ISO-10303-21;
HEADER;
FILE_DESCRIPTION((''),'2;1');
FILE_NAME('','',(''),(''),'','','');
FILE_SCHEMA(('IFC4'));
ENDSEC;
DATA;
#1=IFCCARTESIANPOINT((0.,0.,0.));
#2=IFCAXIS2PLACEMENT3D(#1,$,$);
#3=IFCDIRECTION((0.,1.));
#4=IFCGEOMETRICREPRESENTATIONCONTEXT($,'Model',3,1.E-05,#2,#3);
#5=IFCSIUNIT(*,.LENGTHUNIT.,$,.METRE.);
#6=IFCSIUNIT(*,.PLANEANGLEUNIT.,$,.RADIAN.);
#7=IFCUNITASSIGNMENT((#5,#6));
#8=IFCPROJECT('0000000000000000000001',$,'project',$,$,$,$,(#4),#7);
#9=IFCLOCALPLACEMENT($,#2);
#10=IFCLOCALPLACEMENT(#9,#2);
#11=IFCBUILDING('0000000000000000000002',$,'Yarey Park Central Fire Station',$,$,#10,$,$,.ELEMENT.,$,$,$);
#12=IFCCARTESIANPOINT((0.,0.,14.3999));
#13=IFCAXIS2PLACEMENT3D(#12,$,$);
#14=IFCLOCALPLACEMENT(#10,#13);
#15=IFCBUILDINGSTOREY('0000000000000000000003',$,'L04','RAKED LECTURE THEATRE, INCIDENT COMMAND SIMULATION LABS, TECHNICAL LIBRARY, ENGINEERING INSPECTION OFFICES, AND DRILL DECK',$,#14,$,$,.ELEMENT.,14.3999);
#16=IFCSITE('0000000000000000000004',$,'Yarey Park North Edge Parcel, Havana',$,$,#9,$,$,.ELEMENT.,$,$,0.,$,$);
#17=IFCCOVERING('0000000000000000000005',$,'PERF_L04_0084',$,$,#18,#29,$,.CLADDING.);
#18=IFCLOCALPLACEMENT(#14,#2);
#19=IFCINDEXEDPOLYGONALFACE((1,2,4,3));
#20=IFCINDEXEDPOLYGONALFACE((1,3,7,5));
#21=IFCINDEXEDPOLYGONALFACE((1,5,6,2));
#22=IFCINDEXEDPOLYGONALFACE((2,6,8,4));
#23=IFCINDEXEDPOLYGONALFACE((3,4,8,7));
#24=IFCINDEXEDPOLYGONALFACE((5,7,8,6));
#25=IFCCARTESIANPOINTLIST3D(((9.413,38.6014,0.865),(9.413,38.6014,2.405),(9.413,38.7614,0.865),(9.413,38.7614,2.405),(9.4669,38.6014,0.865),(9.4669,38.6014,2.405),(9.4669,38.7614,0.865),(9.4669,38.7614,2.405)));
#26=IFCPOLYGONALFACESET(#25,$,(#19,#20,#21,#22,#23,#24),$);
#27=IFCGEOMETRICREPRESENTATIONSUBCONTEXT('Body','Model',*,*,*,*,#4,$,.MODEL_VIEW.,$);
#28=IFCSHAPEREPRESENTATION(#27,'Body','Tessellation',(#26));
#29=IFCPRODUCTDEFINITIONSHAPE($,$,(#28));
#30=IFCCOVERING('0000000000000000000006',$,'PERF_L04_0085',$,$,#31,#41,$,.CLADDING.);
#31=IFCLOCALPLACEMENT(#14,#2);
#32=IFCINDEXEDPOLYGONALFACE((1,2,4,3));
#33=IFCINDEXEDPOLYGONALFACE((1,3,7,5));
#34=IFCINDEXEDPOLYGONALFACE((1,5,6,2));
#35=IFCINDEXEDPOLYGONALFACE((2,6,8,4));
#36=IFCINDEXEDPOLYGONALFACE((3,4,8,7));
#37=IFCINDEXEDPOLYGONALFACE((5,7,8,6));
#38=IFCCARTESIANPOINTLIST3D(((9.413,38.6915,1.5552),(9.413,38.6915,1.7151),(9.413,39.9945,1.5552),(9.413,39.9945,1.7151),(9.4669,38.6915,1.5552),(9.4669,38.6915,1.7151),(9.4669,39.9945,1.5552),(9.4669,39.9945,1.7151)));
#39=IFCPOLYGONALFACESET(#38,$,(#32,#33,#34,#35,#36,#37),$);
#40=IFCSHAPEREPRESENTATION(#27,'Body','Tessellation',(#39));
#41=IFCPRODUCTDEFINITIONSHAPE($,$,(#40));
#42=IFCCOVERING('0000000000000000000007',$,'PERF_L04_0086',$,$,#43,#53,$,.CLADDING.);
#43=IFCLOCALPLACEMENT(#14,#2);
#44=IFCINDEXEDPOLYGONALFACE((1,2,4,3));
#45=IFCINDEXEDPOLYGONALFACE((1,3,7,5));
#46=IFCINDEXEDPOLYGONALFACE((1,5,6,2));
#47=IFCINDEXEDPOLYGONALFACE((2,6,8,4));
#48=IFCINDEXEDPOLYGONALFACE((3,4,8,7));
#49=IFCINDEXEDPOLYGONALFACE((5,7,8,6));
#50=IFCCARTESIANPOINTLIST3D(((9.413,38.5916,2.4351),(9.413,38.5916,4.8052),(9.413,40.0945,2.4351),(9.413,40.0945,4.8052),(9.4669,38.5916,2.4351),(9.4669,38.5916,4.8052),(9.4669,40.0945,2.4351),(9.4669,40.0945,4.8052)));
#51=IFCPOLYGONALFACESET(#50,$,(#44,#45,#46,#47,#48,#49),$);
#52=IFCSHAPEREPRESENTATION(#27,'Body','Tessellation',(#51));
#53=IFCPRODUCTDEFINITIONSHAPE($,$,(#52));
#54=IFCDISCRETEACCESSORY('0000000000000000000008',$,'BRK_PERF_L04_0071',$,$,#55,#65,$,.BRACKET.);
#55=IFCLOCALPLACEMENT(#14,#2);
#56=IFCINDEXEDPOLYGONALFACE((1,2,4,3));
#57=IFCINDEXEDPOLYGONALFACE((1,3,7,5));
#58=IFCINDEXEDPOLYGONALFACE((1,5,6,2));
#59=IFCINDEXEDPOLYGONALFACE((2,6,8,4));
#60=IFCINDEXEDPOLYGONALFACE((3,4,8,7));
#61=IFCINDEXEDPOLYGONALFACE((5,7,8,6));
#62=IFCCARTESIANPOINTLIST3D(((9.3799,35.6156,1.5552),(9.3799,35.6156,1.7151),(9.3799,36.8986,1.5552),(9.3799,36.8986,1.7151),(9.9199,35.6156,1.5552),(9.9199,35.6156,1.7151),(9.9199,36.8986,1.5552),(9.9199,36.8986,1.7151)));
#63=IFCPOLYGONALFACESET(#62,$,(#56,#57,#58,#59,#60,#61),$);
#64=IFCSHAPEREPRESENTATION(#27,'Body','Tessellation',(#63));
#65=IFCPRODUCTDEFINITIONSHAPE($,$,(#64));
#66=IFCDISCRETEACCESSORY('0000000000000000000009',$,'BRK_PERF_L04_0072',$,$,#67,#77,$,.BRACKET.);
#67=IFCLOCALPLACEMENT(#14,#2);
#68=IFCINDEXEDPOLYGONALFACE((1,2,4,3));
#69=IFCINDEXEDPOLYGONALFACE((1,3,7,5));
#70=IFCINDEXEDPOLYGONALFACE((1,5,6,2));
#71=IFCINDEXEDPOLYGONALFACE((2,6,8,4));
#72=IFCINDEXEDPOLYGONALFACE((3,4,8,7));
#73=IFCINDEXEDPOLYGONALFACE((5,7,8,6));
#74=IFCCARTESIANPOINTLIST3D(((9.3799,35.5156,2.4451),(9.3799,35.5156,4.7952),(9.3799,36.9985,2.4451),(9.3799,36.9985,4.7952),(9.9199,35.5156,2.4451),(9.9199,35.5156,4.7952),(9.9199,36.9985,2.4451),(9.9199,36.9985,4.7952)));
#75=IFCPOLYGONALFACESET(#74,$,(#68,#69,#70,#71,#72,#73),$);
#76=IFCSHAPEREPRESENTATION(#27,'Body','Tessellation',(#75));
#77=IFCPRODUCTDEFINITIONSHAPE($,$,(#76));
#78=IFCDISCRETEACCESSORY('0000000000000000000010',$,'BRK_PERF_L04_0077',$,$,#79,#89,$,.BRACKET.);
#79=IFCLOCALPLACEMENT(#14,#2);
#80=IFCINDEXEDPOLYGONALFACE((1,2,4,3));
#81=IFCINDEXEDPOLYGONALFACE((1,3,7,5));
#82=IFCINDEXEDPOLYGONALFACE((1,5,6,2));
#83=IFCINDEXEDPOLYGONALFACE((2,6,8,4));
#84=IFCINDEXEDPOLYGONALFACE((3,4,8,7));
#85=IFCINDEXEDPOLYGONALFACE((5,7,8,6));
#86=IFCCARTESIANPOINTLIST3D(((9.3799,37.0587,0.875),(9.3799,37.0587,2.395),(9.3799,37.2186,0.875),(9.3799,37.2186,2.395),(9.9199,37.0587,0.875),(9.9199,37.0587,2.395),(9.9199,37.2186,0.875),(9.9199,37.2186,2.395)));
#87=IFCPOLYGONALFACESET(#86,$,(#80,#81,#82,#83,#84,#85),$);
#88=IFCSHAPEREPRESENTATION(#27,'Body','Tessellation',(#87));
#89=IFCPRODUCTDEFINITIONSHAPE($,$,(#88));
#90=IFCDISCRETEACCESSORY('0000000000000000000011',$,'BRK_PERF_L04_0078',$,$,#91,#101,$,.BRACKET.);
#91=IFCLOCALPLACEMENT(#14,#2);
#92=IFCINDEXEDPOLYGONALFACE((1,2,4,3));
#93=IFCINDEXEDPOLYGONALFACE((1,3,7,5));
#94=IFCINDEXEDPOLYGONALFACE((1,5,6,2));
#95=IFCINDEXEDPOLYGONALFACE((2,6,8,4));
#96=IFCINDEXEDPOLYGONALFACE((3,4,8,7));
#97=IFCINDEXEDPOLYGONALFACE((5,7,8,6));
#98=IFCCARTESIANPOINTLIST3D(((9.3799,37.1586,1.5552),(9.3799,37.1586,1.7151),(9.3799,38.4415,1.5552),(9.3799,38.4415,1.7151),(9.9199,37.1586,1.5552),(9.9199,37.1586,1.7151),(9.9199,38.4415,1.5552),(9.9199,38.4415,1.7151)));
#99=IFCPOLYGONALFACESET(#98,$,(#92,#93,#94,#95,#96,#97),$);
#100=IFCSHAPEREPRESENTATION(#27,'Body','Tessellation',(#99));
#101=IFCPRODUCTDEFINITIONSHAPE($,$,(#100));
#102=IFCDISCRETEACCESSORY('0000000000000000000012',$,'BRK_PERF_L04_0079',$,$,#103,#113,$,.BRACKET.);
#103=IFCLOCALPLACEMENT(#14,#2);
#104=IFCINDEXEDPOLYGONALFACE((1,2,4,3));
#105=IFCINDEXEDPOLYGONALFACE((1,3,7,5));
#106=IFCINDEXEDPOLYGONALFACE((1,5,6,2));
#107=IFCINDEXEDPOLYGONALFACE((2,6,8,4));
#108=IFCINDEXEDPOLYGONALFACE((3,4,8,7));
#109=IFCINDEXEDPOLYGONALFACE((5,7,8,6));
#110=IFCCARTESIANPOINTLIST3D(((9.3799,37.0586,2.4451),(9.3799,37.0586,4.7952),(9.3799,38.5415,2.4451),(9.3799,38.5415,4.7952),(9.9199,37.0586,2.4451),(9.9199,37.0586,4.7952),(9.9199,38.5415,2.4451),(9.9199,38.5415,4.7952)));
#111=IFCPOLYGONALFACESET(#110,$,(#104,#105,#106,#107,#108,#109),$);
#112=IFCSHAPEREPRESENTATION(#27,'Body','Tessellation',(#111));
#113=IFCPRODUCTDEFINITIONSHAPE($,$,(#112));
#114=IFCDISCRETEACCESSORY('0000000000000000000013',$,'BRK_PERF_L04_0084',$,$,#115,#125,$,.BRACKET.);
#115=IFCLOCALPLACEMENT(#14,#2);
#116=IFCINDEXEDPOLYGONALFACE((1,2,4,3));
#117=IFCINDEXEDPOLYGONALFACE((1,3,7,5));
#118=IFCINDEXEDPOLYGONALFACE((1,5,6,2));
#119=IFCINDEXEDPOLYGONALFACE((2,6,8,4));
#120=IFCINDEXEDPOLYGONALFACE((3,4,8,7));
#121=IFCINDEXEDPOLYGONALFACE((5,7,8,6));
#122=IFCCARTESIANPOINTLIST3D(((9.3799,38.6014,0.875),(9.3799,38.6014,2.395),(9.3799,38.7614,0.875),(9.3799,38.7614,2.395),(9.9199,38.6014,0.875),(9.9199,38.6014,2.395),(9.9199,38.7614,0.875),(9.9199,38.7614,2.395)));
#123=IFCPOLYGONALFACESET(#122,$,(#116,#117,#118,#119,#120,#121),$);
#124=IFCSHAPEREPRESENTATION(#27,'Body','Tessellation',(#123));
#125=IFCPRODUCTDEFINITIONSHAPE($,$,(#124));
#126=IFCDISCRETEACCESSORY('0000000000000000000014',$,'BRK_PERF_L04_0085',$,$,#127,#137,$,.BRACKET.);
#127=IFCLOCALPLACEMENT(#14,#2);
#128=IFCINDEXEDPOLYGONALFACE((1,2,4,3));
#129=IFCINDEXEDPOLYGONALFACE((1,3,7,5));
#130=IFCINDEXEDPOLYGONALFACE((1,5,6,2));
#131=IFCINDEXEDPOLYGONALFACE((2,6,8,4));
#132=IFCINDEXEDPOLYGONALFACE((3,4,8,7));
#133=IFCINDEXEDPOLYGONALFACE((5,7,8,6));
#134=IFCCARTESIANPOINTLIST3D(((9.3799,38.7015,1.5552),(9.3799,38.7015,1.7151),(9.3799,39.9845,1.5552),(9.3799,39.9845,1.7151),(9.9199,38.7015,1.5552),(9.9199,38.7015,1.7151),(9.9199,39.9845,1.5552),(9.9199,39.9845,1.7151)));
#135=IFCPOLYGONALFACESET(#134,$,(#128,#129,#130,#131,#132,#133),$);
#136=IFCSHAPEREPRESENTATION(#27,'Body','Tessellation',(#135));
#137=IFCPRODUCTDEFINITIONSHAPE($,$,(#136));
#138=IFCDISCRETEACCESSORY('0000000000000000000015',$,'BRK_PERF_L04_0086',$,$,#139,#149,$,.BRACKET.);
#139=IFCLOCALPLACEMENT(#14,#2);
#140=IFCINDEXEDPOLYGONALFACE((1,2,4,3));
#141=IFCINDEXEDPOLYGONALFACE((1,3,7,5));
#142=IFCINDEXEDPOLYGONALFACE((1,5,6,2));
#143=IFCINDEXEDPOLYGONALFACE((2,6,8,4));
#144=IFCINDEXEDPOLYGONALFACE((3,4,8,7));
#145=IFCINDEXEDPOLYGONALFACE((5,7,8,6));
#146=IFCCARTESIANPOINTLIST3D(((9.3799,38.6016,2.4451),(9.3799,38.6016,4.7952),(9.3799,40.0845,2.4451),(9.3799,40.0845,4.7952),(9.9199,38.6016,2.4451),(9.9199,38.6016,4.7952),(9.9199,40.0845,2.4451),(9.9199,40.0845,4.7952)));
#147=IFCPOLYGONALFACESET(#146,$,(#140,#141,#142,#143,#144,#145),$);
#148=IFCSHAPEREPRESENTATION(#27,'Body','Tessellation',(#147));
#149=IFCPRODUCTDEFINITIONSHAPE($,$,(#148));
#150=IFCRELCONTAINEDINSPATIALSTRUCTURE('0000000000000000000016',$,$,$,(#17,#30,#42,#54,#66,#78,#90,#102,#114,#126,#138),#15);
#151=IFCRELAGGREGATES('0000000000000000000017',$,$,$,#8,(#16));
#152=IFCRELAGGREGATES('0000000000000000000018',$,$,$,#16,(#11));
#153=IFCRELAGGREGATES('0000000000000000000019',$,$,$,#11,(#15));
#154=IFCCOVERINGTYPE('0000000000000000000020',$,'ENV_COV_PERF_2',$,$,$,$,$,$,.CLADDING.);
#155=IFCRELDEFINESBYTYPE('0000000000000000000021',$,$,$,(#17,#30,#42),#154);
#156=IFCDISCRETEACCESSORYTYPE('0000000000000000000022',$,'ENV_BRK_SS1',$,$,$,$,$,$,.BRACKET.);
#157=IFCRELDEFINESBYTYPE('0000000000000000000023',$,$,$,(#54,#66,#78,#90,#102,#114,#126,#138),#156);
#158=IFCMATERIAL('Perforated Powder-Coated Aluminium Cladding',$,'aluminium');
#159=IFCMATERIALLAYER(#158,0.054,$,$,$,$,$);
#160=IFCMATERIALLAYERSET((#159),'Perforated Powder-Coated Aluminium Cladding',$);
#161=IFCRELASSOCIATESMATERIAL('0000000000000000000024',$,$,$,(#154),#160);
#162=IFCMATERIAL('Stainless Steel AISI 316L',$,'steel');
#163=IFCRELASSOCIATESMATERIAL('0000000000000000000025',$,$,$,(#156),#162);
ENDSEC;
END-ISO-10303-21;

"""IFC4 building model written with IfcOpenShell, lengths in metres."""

from ifc_helpers import new_model, si_unit, direction, frame, origin, origin_2d, place, context, subcontext, project, spatial, rectangle, extrude, material, layer, layer_set, type_object, element, save


model = new_model("IFC4")

# Units and contexts
model_context = context("Model", 3, precision=1e-05, world=origin(), true_north=direction((0.0, 1.0)))
body_context = subcontext(model_context, "Body", "Model", "MODEL_VIEW")
ifc_project = project(units=[si_unit("LENGTHUNIT", "METRE"), si_unit("PLANEANGLEUNIT", "RADIAN")], contexts=[model_context])

# Site, building, storey
site_placement = place(None, origin())
site = spatial("IfcSite", under=ifc_project, at=site_placement, Name="Yarey Park North Edge Parcel, Havana", CompositionType="ELEMENT", RefElevation=0.0)
building_placement = place(site_placement, origin())
building = spatial("IfcBuilding", under=site, at=building_placement, Name="Yarey Park Central Fire Station", CompositionType="ELEMENT")
storey_placement = place(building_placement, frame((0.0, 0.0, 14.3999)))
storey = spatial("IfcBuildingStorey", under=building, at=storey_placement, Name="L04", Description="RAKED LECTURE THEATRE, INCIDENT COMMAND SIMULATION LABS, TECHNICAL LIBRARY, ENGINEERING INSPECTION OFFICES, AND DRILL DECK", CompositionType="ELEMENT", Elevation=14.3999)

# Coverings
ifc_material_1 = material(Name="Perforated Powder-Coated Aluminium Cladding", Category="aluminium")
ifc_layer_1 = layer(ifc_material_1, 0.054)
ifc_layer_set_1 = layer_set([ifc_layer_1], Name="Perforated Powder-Coated Aluminium Cladding")
covering_type_1 = type_object("IfcCoveringType", Name="ENV_COV_PERF_2", PredefinedType="CLADDING", material=ifc_layer_set_1)
covering_1_placement = place(storey_placement, frame((9.4399, 38.6814, 0.865), z_axis=(0.0, 0.0, 1.0), x_axis=(0.0, 1.0, 0.0)))
element("IfcCovering", 1, at=covering_1_placement, inside=storey, type_object=covering_type_1, Name="PERF_L04_0084", PredefinedType="CLADDING", context=body_context, shape_type="SweptSolid", body=[
    extrude(rectangle(XDim=0.1599, YDim=0.054, at=origin_2d()), origin(), (0.0, 0.0, 1.0), 1.54),
])
covering_2_placement = place(storey_placement, frame((9.4399, 39.343, 1.5552), z_axis=(0.0, 0.0, 1.0), x_axis=(0.0, 1.0, 0.0)))
element("IfcCovering", 2, at=covering_2_placement, inside=storey, type_object=covering_type_1, Name="PERF_L04_0085", PredefinedType="CLADDING", context=body_context, shape_type="SweptSolid", body=[
    extrude(rectangle(XDim=1.303, YDim=0.054, at=origin_2d()), origin(), (0.0, 0.0, 1.0), 0.1599),
])
covering_3_placement = place(storey_placement, frame((9.4399, 39.343, 2.4351), z_axis=(0.0, 0.0, 1.0), x_axis=(0.0, 1.0, 0.0)))
element("IfcCovering", 3, at=covering_3_placement, inside=storey, type_object=covering_type_1, Name="PERF_L04_0086", PredefinedType="CLADDING", context=body_context, shape_type="SweptSolid", body=[
    extrude(rectangle(XDim=1.5029, YDim=0.054, at=origin_2d()), origin(), (0.0, 0.0, 1.0), 2.3701),
])

# Discrete accessories
ifc_material_2 = material(Name="Stainless Steel AISI 316L", Category="steel")
discrete_accessory_type = type_object("IfcDiscreteAccessoryType", Name="ENV_BRK_SS1", PredefinedType="BRACKET", material=ifc_material_2)
discrete_accessory_1_placement = place(storey_placement, frame((9.6499, 36.2571, 1.5552), z_axis=(0.0, 0.0, 1.0), x_axis=(1.0, 0.0, 0.0)))
element("IfcDiscreteAccessory", 4, at=discrete_accessory_1_placement, inside=storey, type_object=discrete_accessory_type, Name="BRK_PERF_L04_0071", PredefinedType="BRACKET", context=body_context, shape_type="SweptSolid", body=[
    extrude(rectangle(XDim=0.54, YDim=1.283, at=origin_2d()), origin(), (0.0, 0.0, 1.0), 0.1599),
])
discrete_accessory_2_placement = place(storey_placement, frame((9.6499, 36.2571, 2.4451), z_axis=(0.0, 0.0, 1.0), x_axis=(1.0, 0.0, 0.0)))
element("IfcDiscreteAccessory", 5, at=discrete_accessory_2_placement, inside=storey, type_object=discrete_accessory_type, Name="BRK_PERF_L04_0072", PredefinedType="BRACKET", context=body_context, shape_type="SweptSolid", body=[
    extrude(rectangle(XDim=0.54, YDim=1.4829, at=origin_2d()), origin(), (0.0, 0.0, 1.0), 2.3501),
])
discrete_accessory_3_placement = place(storey_placement, frame((9.6499, 37.1387, 0.875), z_axis=(0.0, 0.0, 1.0), x_axis=(1.0, 0.0, 0.0)))
element("IfcDiscreteAccessory", 6, at=discrete_accessory_3_placement, inside=storey, type_object=discrete_accessory_type, Name="BRK_PERF_L04_0077", PredefinedType="BRACKET", context=body_context, shape_type="SweptSolid", body=[
    extrude(rectangle(XDim=0.54, YDim=0.1599, at=origin_2d()), origin(), (0.0, 0.0, 1.0), 1.52),
])
discrete_accessory_4_placement = place(storey_placement, frame((9.6499, 37.8, 1.5552), z_axis=(0.0, 0.0, 1.0), x_axis=(1.0, 0.0, 0.0)))
element("IfcDiscreteAccessory", 7, at=discrete_accessory_4_placement, inside=storey, type_object=discrete_accessory_type, Name="BRK_PERF_L04_0078", PredefinedType="BRACKET", context=body_context, shape_type="SweptSolid", body=[
    extrude(rectangle(XDim=0.54, YDim=1.283, at=origin_2d()), origin(), (0.0, 0.0, 1.0), 0.1599),
])
discrete_accessory_5_placement = place(storey_placement, frame((9.6499, 37.8, 2.4451), z_axis=(0.0, 0.0, 1.0), x_axis=(1.0, 0.0, 0.0)))
element("IfcDiscreteAccessory", 8, at=discrete_accessory_5_placement, inside=storey, type_object=discrete_accessory_type, Name="BRK_PERF_L04_0079", PredefinedType="BRACKET", context=body_context, shape_type="SweptSolid", body=[
    extrude(rectangle(XDim=0.54, YDim=1.4829, at=origin_2d()), origin(), (0.0, 0.0, 1.0), 2.3501),
])
discrete_accessory_6_placement = place(storey_placement, frame((9.6499, 38.6814, 0.875), z_axis=(0.0, 0.0, 1.0), x_axis=(1.0, 0.0, 0.0)))
element("IfcDiscreteAccessory", 9, at=discrete_accessory_6_placement, inside=storey, type_object=discrete_accessory_type, Name="BRK_PERF_L04_0084", PredefinedType="BRACKET", context=body_context, shape_type="SweptSolid", body=[
    extrude(rectangle(XDim=0.54, YDim=0.1599, at=origin_2d()), origin(), (0.0, 0.0, 1.0), 1.52),
])
discrete_accessory_7_placement = place(storey_placement, frame((9.6499, 39.343, 1.5552), z_axis=(0.0, 0.0, 1.0), x_axis=(1.0, 0.0, 0.0)))
element("IfcDiscreteAccessory", 10, at=discrete_accessory_7_placement, inside=storey, type_object=discrete_accessory_type, Name="BRK_PERF_L04_0085", PredefinedType="BRACKET", context=body_context, shape_type="SweptSolid", body=[
    extrude(rectangle(XDim=0.54, YDim=1.283, at=origin_2d()), origin(), (0.0, 0.0, 1.0), 0.1599),
])
discrete_accessory_8_placement = place(storey_placement, frame((9.6499, 39.343, 2.4451), z_axis=(0.0, 0.0, 1.0), x_axis=(1.0, 0.0, 0.0)))
element("IfcDiscreteAccessory", 11, at=discrete_accessory_8_placement, inside=storey, type_object=discrete_accessory_type, Name="BRK_PERF_L04_0086", PredefinedType="BRACKET", context=body_context, shape_type="SweptSolid", body=[
    extrude(rectangle(XDim=0.54, YDim=1.4829, at=origin_2d()), origin(), (0.0, 0.0, 1.0), 2.3501),
])

save(model, "model.ifc")
